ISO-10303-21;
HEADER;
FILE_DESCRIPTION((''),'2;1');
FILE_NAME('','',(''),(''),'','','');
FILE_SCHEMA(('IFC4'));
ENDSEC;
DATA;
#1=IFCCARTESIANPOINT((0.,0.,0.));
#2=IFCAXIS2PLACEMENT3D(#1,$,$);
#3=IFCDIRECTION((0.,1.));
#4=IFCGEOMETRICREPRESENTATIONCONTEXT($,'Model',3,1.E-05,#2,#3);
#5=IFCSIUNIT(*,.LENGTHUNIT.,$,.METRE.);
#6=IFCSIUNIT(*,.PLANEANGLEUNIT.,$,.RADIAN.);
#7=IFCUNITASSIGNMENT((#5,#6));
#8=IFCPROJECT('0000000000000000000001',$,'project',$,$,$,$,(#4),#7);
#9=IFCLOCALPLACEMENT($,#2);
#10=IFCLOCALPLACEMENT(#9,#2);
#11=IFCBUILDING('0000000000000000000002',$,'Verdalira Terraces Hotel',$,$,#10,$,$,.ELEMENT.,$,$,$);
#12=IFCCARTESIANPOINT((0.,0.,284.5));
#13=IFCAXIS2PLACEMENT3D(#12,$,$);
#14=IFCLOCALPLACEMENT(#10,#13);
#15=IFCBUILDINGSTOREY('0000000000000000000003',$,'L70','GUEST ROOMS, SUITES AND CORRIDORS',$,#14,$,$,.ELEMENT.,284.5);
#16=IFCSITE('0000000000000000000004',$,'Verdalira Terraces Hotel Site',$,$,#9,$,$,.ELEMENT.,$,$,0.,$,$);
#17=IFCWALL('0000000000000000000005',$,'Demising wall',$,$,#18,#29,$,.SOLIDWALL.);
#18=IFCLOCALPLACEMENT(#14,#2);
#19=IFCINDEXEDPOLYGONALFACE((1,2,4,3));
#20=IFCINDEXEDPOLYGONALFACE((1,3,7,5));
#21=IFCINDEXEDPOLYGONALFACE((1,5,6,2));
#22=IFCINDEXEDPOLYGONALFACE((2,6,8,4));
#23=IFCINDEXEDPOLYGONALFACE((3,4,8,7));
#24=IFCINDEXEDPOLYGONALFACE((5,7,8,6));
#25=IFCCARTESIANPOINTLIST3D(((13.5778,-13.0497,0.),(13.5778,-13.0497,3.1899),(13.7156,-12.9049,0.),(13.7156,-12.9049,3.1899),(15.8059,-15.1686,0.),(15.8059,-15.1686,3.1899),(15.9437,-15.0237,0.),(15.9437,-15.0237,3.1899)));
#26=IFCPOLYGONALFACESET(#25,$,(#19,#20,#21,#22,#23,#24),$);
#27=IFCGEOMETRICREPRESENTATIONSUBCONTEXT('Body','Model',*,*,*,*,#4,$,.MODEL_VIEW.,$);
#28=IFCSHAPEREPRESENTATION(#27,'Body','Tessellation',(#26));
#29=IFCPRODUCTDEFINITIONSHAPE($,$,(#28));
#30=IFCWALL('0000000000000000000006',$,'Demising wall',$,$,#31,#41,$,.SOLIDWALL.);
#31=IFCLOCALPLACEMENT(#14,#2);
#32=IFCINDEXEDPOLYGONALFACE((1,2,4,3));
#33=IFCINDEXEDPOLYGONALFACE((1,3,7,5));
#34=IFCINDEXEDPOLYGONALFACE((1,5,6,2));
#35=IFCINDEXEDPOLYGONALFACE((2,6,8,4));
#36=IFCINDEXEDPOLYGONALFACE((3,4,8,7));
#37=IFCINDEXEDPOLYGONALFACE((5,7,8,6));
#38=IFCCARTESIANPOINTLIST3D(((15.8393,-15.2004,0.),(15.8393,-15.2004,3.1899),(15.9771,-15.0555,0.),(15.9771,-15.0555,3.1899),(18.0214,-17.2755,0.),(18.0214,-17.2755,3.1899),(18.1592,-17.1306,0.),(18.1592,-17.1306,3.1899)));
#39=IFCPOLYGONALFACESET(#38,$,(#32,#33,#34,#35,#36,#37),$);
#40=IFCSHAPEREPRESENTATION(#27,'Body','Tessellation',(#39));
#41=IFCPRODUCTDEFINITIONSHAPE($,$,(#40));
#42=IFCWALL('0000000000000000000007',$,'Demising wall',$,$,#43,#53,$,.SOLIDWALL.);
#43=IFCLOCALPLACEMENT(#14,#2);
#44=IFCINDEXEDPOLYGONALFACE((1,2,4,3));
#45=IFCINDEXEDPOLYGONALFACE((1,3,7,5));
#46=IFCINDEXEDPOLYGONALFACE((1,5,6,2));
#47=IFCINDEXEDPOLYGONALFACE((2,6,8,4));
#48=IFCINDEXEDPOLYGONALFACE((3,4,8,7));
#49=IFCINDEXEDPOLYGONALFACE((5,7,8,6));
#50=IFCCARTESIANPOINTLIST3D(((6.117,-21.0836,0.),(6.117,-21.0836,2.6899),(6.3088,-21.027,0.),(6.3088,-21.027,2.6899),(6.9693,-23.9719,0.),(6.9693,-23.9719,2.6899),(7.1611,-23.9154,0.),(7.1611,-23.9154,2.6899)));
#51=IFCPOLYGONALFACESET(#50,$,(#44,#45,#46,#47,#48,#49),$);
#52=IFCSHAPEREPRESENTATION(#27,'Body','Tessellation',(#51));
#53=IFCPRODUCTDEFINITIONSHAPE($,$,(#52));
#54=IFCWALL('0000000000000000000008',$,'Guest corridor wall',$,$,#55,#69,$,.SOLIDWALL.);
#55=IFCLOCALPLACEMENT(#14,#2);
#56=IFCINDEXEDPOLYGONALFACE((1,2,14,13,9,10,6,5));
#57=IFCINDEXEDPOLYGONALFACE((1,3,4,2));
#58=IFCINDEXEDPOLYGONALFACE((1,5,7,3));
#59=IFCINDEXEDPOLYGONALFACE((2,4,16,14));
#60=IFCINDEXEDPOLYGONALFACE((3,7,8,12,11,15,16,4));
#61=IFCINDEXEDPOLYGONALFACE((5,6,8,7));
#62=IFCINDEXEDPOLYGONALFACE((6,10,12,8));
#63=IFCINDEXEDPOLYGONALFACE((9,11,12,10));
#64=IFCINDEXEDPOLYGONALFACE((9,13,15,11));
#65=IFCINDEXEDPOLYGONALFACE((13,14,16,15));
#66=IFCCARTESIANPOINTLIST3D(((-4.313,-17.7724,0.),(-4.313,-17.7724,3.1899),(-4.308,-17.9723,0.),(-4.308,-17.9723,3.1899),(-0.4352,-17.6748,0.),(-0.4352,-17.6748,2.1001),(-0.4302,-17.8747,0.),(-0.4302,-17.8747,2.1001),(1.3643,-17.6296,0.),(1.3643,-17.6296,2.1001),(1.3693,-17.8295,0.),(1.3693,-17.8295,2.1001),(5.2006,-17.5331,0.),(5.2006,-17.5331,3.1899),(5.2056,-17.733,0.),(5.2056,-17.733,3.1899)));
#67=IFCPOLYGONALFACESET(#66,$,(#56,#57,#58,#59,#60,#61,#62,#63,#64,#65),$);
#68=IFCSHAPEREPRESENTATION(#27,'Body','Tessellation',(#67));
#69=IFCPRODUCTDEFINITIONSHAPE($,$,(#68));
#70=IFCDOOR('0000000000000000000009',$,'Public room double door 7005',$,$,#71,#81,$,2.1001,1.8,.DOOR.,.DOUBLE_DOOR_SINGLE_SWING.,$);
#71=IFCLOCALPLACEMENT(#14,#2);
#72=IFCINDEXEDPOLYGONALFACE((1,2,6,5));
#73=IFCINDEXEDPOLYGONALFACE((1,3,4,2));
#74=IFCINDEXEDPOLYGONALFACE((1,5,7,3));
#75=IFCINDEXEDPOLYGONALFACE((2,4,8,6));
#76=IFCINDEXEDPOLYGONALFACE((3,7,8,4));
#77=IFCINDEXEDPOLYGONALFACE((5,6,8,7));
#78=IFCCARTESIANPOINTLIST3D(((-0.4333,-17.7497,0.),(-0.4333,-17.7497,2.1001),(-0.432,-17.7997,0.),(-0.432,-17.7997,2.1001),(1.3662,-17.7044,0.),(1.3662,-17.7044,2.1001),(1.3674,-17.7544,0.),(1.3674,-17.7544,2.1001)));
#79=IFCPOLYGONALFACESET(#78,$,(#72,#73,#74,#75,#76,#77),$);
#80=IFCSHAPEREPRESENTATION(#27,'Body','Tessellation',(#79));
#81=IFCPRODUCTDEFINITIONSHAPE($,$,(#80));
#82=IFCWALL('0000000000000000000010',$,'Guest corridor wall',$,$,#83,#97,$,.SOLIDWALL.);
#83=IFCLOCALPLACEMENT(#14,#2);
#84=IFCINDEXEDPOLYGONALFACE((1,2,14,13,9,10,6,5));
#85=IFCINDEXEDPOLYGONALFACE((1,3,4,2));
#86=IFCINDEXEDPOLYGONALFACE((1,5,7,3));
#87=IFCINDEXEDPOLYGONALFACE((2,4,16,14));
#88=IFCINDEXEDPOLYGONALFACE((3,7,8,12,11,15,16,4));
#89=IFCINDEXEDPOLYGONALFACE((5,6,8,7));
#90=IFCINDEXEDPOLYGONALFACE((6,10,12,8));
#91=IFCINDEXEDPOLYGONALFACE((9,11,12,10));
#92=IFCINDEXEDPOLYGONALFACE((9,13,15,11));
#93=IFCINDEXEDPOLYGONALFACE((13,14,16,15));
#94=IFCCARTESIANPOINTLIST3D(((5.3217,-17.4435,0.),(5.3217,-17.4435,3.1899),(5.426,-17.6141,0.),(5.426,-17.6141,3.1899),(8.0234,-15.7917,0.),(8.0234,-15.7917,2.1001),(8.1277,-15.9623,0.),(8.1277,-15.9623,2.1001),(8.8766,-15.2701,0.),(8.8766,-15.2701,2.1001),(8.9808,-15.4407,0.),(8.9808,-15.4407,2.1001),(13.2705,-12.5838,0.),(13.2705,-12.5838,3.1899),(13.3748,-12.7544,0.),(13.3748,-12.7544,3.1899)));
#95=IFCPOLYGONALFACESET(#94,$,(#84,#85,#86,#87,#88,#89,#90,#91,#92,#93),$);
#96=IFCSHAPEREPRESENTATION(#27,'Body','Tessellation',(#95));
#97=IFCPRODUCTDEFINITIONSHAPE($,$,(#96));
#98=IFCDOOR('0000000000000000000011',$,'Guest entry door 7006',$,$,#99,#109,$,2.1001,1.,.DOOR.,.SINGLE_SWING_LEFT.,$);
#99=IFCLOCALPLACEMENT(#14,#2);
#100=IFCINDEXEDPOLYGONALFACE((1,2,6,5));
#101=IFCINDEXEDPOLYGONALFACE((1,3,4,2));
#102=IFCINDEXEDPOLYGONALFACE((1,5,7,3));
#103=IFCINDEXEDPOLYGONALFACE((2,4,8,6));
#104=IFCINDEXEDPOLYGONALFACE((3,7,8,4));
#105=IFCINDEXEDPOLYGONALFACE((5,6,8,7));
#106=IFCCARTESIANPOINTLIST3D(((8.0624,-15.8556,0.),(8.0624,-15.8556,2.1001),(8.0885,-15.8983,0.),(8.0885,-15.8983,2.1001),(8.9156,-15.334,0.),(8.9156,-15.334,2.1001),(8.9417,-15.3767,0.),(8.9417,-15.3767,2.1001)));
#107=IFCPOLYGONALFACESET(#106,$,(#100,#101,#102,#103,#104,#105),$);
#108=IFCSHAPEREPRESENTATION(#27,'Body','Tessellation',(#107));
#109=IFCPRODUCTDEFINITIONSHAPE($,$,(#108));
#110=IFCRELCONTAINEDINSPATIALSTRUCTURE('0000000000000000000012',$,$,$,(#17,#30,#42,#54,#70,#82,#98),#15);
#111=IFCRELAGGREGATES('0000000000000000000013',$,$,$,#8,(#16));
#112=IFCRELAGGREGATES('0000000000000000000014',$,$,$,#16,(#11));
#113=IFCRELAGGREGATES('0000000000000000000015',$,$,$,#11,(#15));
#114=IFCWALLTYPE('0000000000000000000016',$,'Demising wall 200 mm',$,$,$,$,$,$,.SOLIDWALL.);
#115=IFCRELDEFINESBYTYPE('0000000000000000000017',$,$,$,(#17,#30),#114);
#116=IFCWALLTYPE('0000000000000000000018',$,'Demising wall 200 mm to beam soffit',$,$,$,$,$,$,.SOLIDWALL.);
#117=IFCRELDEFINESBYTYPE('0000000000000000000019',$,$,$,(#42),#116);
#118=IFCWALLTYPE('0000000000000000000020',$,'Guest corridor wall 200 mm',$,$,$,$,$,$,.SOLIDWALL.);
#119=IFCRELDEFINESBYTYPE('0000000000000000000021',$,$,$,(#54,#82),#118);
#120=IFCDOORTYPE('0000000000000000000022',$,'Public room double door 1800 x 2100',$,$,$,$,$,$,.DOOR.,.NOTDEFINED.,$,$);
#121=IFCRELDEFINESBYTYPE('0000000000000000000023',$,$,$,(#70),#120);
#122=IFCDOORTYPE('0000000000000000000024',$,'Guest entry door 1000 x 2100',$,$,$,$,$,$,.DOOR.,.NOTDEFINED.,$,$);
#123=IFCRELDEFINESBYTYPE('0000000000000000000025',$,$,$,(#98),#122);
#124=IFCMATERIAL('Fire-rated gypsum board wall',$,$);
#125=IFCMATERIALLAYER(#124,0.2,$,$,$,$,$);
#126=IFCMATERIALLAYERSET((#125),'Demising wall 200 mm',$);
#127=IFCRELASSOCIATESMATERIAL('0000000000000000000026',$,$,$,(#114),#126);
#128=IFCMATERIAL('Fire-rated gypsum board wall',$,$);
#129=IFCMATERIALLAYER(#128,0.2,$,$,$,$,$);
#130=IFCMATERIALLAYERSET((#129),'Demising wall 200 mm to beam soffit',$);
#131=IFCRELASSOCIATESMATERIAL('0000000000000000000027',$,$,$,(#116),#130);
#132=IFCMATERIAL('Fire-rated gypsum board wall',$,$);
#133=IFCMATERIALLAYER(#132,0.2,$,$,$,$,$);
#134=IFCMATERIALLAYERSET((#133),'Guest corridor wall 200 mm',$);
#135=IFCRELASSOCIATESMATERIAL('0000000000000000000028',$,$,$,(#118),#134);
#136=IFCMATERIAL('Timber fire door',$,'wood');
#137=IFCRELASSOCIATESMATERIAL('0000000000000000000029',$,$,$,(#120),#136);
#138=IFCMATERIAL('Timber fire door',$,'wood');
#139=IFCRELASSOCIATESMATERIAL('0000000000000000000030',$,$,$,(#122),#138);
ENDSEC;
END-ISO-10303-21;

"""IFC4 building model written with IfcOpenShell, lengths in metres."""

from ifc_helpers import new_model, si_unit, direction, frame, frame_2d, origin, place, context, subcontext, project, spatial, rectangle, extrude, material, layer, layer_set, type_object, element, fill, save


model = new_model("IFC4")

# Units and contexts
model_context = context("Model", 3, precision=1e-05, world=origin(), true_north=direction((0.0, 1.0)))
body_context = subcontext(model_context, "Body", "Model", "MODEL_VIEW")
ifc_project = project(units=[si_unit("LENGTHUNIT", "METRE"), si_unit("PLANEANGLEUNIT", "RADIAN")], contexts=[model_context])

# Site, building, storey
site_placement = place(None, origin())
site = spatial("IfcSite", under=ifc_project, at=site_placement, Name="Verdalira Terraces Hotel Site", CompositionType="ELEMENT", RefElevation=0.0)
building_placement = place(site_placement, origin())
building = spatial("IfcBuilding", under=site, at=building_placement, Name="Verdalira Terraces Hotel", CompositionType="ELEMENT")
storey_placement = place(building_placement, frame((0.0, 0.0, 284.5)))
storey = spatial("IfcBuildingStorey", under=building, at=storey_placement, Name="L70", Description="GUEST ROOMS, SUITES AND CORRIDORS", CompositionType="ELEMENT", Elevation=284.5)

# Shared definitions
ifc_material_1 = material(Name="Fire-rated gypsum board wall")
ifc_layer_1 = layer(ifc_material_1, 0.2)
ifc_layer_set_1 = layer_set([ifc_layer_1], Name="Demising wall 200 mm")
wall_type_1 = type_object("IfcWallType", Name="Demising wall 200 mm", PredefinedType="SOLIDWALL", material=ifc_layer_set_1)

# Walls
wall_1_placement = place(storey_placement, frame((13.6467, -12.9773, 0.0), z_axis=(0.0, 0.0, 1.0), x_axis=(0.724631, -0.689138, 0.0)))
element("IfcWall", 1, at=wall_1_placement, inside=storey, type_object=wall_type_1, Name="Demising wall", PredefinedType="SOLIDWALL", context=body_context, shape_type="SweptSolid", body=[
    extrude(rectangle(XDim=3.0747, YDim=0.2, at=frame_2d((1.5374, 0.0))), origin(), (0.0, 0.0, 1.0), 3.1899),
])
wall_2_placement = place(storey_placement, frame((15.9082, -15.1279, 0.0), z_axis=(0.0, 0.0, 1.0), x_axis=(0.724639, -0.689129, 0.0)))
element("IfcWall", 2, at=wall_2_placement, inside=storey, type_object=wall_type_1, Name="Demising wall", PredefinedType="SOLIDWALL", context=body_context, shape_type="SweptSolid", body=[
    extrude(rectangle(XDim=3.0112, YDim=0.2, at=frame_2d((1.5056, 0.0))), origin(), (0.0, 0.0, 1.0), 3.1899),
])
ifc_material_2 = material(Name="Fire-rated gypsum board wall")
ifc_layer_2 = layer(ifc_material_2, 0.2)
ifc_layer_set_2 = layer_set([ifc_layer_2], Name="Demising wall 200 mm to beam soffit")
wall_type_2 = type_object("IfcWallType", Name="Demising wall 200 mm to beam soffit", PredefinedType="SOLIDWALL", material=ifc_layer_set_2)
wall_3_placement = place(storey_placement, frame((6.2129, -21.0552, 0.0), z_axis=(0.0, 0.0, 1.0), x_axis=(0.283009, -0.959117, 0.0)))
element("IfcWall", 3, at=wall_3_placement, inside=storey, type_object=wall_type_2, Name="Demising wall", PredefinedType="SOLIDWALL", context=body_context, shape_type="SweptSolid", body=[
    extrude(rectangle(XDim=3.0115, YDim=0.2, at=frame_2d((1.5059, 0.0))), origin(), (0.0, 0.0, 1.0), 2.6899),
])

# Walls, openings, doors
ifc_material_3 = material(Name="Fire-rated gypsum board wall")
ifc_layer_3 = layer(ifc_material_3, 0.2)
ifc_layer_set_3 = layer_set([ifc_layer_3], Name="Guest corridor wall 200 mm")
wall_type_3 = type_object("IfcWallType", Name="Guest corridor wall 200 mm", PredefinedType="SOLIDWALL", material=ifc_layer_set_3)
wall_4_placement = place(storey_placement, frame((5.2031, -17.6331, 0.0), z_axis=(0.0, 0.0, 1.0), x_axis=(-0.999684, -0.025141, 0.0)))
wall_4 = element("IfcWall", 4, at=wall_4_placement, inside=storey, type_object=wall_type_3, Name="Guest corridor wall", PredefinedType="SOLIDWALL", context=body_context, shape_type="SweptSolid", body=[
    extrude(rectangle(XDim=9.5166, YDim=0.2, at=frame_2d((4.7583, 0.0))), origin(), (0.0, 0.0, 1.0), 3.1899),
])
opening_1_placement = place(wall_4_placement, frame((3.8376, 0.0, 0.0)))
opening_1 = element("IfcOpeningElement", 5, at=opening_1_placement, cuts=wall_4, PredefinedType="OPENING", context=body_context, shape_type="SweptSolid", body=[
    extrude(rectangle(XDim=1.8, YDim=2.1001, at=frame_2d((0.8999, 1.05))), frame((0.0, 0.1099, 0.0), z_axis=(0.0, -1.0, 0.0), x_axis=(1.0, 0.0, 0.0)), (0.0, 0.0, 1.0), 0.22),
])
ifc_material_4 = material(Name="Timber fire door", Category="wood")
door_type_1 = type_object("IfcDoorType", Name="Public room double door 1800 x 2100", OperationType="NOTDEFINED", PredefinedType="DOOR", material=ifc_material_4)
door_1_placement = place(opening_1_placement, origin())
door_1 = element("IfcDoor", 6, at=door_1_placement, inside=storey, type_object=door_type_1, Name="Public room double door 7005", OperationType="DOUBLE_DOOR_SINGLE_SWING", OverallHeight=2.1001, OverallWidth=1.8, PredefinedType="DOOR", context=body_context, shape_type="SweptSolid", body=[
    extrude(rectangle(XDim=1.8, YDim=2.1001, at=frame_2d((0.8999, 1.05))), frame((0.0, 0.0249, 0.0), z_axis=(0.0, -1.0, 0.0), x_axis=(1.0, 0.0, 0.0)), (0.0, 0.0, 1.0), 0.05),
])
fill(opening_1, door_1)
wall_5_placement = place(storey_placement, frame((13.3225, -12.6692, 0.0), z_axis=(0.0, 0.0, 1.0), x_axis=(-0.853183, -0.521611, 0.0)))
wall_5 = element("IfcWall", 7, at=wall_5_placement, inside=storey, type_object=wall_type_3, Name="Guest corridor wall", PredefinedType="SOLIDWALL", context=body_context, shape_type="SweptSolid", body=[
    extrude(rectangle(XDim=9.3166, YDim=0.2, at=frame_2d((4.6582, 0.0))), origin(), (0.0, 0.0, 1.0), 3.1899),
])
opening_2_placement = place(wall_5_placement, frame((5.1499, 0.0, 0.0)))
opening_2 = element("IfcOpeningElement", 8, at=opening_2_placement, cuts=wall_5, PredefinedType="OPENING", context=body_context, shape_type="SweptSolid", body=[
    extrude(rectangle(XDim=1.0, YDim=2.1001, at=frame_2d((0.5, 1.05))), frame((0.0, 0.1099, 0.0), z_axis=(0.0, -1.0, 0.0), x_axis=(1.0, 0.0, 0.0)), (0.0, 0.0, 1.0), 0.22),
])
ifc_material_5 = material(Name="Timber fire door", Category="wood")
door_type_2 = type_object("IfcDoorType", Name="Guest entry door 1000 x 2100", OperationType="NOTDEFINED", PredefinedType="DOOR", material=ifc_material_5)
door_2_placement = place(opening_2_placement, origin())
door_2 = element("IfcDoor", 9, at=door_2_placement, inside=storey, type_object=door_type_2, Name="Guest entry door 7006", OperationType="SINGLE_SWING_LEFT", OverallHeight=2.1001, OverallWidth=1.0, PredefinedType="DOOR", context=body_context, shape_type="SweptSolid", body=[
    extrude(rectangle(XDim=1.0, YDim=2.1001, at=frame_2d((0.5, 1.05))), frame((0.0, 0.0249, 0.0), z_axis=(0.0, -1.0, 0.0), x_axis=(1.0, 0.0, 0.0)), (0.0, 0.0, 1.0), 0.05),
])
fill(opening_2, door_2)

save(model, "model.ifc")
